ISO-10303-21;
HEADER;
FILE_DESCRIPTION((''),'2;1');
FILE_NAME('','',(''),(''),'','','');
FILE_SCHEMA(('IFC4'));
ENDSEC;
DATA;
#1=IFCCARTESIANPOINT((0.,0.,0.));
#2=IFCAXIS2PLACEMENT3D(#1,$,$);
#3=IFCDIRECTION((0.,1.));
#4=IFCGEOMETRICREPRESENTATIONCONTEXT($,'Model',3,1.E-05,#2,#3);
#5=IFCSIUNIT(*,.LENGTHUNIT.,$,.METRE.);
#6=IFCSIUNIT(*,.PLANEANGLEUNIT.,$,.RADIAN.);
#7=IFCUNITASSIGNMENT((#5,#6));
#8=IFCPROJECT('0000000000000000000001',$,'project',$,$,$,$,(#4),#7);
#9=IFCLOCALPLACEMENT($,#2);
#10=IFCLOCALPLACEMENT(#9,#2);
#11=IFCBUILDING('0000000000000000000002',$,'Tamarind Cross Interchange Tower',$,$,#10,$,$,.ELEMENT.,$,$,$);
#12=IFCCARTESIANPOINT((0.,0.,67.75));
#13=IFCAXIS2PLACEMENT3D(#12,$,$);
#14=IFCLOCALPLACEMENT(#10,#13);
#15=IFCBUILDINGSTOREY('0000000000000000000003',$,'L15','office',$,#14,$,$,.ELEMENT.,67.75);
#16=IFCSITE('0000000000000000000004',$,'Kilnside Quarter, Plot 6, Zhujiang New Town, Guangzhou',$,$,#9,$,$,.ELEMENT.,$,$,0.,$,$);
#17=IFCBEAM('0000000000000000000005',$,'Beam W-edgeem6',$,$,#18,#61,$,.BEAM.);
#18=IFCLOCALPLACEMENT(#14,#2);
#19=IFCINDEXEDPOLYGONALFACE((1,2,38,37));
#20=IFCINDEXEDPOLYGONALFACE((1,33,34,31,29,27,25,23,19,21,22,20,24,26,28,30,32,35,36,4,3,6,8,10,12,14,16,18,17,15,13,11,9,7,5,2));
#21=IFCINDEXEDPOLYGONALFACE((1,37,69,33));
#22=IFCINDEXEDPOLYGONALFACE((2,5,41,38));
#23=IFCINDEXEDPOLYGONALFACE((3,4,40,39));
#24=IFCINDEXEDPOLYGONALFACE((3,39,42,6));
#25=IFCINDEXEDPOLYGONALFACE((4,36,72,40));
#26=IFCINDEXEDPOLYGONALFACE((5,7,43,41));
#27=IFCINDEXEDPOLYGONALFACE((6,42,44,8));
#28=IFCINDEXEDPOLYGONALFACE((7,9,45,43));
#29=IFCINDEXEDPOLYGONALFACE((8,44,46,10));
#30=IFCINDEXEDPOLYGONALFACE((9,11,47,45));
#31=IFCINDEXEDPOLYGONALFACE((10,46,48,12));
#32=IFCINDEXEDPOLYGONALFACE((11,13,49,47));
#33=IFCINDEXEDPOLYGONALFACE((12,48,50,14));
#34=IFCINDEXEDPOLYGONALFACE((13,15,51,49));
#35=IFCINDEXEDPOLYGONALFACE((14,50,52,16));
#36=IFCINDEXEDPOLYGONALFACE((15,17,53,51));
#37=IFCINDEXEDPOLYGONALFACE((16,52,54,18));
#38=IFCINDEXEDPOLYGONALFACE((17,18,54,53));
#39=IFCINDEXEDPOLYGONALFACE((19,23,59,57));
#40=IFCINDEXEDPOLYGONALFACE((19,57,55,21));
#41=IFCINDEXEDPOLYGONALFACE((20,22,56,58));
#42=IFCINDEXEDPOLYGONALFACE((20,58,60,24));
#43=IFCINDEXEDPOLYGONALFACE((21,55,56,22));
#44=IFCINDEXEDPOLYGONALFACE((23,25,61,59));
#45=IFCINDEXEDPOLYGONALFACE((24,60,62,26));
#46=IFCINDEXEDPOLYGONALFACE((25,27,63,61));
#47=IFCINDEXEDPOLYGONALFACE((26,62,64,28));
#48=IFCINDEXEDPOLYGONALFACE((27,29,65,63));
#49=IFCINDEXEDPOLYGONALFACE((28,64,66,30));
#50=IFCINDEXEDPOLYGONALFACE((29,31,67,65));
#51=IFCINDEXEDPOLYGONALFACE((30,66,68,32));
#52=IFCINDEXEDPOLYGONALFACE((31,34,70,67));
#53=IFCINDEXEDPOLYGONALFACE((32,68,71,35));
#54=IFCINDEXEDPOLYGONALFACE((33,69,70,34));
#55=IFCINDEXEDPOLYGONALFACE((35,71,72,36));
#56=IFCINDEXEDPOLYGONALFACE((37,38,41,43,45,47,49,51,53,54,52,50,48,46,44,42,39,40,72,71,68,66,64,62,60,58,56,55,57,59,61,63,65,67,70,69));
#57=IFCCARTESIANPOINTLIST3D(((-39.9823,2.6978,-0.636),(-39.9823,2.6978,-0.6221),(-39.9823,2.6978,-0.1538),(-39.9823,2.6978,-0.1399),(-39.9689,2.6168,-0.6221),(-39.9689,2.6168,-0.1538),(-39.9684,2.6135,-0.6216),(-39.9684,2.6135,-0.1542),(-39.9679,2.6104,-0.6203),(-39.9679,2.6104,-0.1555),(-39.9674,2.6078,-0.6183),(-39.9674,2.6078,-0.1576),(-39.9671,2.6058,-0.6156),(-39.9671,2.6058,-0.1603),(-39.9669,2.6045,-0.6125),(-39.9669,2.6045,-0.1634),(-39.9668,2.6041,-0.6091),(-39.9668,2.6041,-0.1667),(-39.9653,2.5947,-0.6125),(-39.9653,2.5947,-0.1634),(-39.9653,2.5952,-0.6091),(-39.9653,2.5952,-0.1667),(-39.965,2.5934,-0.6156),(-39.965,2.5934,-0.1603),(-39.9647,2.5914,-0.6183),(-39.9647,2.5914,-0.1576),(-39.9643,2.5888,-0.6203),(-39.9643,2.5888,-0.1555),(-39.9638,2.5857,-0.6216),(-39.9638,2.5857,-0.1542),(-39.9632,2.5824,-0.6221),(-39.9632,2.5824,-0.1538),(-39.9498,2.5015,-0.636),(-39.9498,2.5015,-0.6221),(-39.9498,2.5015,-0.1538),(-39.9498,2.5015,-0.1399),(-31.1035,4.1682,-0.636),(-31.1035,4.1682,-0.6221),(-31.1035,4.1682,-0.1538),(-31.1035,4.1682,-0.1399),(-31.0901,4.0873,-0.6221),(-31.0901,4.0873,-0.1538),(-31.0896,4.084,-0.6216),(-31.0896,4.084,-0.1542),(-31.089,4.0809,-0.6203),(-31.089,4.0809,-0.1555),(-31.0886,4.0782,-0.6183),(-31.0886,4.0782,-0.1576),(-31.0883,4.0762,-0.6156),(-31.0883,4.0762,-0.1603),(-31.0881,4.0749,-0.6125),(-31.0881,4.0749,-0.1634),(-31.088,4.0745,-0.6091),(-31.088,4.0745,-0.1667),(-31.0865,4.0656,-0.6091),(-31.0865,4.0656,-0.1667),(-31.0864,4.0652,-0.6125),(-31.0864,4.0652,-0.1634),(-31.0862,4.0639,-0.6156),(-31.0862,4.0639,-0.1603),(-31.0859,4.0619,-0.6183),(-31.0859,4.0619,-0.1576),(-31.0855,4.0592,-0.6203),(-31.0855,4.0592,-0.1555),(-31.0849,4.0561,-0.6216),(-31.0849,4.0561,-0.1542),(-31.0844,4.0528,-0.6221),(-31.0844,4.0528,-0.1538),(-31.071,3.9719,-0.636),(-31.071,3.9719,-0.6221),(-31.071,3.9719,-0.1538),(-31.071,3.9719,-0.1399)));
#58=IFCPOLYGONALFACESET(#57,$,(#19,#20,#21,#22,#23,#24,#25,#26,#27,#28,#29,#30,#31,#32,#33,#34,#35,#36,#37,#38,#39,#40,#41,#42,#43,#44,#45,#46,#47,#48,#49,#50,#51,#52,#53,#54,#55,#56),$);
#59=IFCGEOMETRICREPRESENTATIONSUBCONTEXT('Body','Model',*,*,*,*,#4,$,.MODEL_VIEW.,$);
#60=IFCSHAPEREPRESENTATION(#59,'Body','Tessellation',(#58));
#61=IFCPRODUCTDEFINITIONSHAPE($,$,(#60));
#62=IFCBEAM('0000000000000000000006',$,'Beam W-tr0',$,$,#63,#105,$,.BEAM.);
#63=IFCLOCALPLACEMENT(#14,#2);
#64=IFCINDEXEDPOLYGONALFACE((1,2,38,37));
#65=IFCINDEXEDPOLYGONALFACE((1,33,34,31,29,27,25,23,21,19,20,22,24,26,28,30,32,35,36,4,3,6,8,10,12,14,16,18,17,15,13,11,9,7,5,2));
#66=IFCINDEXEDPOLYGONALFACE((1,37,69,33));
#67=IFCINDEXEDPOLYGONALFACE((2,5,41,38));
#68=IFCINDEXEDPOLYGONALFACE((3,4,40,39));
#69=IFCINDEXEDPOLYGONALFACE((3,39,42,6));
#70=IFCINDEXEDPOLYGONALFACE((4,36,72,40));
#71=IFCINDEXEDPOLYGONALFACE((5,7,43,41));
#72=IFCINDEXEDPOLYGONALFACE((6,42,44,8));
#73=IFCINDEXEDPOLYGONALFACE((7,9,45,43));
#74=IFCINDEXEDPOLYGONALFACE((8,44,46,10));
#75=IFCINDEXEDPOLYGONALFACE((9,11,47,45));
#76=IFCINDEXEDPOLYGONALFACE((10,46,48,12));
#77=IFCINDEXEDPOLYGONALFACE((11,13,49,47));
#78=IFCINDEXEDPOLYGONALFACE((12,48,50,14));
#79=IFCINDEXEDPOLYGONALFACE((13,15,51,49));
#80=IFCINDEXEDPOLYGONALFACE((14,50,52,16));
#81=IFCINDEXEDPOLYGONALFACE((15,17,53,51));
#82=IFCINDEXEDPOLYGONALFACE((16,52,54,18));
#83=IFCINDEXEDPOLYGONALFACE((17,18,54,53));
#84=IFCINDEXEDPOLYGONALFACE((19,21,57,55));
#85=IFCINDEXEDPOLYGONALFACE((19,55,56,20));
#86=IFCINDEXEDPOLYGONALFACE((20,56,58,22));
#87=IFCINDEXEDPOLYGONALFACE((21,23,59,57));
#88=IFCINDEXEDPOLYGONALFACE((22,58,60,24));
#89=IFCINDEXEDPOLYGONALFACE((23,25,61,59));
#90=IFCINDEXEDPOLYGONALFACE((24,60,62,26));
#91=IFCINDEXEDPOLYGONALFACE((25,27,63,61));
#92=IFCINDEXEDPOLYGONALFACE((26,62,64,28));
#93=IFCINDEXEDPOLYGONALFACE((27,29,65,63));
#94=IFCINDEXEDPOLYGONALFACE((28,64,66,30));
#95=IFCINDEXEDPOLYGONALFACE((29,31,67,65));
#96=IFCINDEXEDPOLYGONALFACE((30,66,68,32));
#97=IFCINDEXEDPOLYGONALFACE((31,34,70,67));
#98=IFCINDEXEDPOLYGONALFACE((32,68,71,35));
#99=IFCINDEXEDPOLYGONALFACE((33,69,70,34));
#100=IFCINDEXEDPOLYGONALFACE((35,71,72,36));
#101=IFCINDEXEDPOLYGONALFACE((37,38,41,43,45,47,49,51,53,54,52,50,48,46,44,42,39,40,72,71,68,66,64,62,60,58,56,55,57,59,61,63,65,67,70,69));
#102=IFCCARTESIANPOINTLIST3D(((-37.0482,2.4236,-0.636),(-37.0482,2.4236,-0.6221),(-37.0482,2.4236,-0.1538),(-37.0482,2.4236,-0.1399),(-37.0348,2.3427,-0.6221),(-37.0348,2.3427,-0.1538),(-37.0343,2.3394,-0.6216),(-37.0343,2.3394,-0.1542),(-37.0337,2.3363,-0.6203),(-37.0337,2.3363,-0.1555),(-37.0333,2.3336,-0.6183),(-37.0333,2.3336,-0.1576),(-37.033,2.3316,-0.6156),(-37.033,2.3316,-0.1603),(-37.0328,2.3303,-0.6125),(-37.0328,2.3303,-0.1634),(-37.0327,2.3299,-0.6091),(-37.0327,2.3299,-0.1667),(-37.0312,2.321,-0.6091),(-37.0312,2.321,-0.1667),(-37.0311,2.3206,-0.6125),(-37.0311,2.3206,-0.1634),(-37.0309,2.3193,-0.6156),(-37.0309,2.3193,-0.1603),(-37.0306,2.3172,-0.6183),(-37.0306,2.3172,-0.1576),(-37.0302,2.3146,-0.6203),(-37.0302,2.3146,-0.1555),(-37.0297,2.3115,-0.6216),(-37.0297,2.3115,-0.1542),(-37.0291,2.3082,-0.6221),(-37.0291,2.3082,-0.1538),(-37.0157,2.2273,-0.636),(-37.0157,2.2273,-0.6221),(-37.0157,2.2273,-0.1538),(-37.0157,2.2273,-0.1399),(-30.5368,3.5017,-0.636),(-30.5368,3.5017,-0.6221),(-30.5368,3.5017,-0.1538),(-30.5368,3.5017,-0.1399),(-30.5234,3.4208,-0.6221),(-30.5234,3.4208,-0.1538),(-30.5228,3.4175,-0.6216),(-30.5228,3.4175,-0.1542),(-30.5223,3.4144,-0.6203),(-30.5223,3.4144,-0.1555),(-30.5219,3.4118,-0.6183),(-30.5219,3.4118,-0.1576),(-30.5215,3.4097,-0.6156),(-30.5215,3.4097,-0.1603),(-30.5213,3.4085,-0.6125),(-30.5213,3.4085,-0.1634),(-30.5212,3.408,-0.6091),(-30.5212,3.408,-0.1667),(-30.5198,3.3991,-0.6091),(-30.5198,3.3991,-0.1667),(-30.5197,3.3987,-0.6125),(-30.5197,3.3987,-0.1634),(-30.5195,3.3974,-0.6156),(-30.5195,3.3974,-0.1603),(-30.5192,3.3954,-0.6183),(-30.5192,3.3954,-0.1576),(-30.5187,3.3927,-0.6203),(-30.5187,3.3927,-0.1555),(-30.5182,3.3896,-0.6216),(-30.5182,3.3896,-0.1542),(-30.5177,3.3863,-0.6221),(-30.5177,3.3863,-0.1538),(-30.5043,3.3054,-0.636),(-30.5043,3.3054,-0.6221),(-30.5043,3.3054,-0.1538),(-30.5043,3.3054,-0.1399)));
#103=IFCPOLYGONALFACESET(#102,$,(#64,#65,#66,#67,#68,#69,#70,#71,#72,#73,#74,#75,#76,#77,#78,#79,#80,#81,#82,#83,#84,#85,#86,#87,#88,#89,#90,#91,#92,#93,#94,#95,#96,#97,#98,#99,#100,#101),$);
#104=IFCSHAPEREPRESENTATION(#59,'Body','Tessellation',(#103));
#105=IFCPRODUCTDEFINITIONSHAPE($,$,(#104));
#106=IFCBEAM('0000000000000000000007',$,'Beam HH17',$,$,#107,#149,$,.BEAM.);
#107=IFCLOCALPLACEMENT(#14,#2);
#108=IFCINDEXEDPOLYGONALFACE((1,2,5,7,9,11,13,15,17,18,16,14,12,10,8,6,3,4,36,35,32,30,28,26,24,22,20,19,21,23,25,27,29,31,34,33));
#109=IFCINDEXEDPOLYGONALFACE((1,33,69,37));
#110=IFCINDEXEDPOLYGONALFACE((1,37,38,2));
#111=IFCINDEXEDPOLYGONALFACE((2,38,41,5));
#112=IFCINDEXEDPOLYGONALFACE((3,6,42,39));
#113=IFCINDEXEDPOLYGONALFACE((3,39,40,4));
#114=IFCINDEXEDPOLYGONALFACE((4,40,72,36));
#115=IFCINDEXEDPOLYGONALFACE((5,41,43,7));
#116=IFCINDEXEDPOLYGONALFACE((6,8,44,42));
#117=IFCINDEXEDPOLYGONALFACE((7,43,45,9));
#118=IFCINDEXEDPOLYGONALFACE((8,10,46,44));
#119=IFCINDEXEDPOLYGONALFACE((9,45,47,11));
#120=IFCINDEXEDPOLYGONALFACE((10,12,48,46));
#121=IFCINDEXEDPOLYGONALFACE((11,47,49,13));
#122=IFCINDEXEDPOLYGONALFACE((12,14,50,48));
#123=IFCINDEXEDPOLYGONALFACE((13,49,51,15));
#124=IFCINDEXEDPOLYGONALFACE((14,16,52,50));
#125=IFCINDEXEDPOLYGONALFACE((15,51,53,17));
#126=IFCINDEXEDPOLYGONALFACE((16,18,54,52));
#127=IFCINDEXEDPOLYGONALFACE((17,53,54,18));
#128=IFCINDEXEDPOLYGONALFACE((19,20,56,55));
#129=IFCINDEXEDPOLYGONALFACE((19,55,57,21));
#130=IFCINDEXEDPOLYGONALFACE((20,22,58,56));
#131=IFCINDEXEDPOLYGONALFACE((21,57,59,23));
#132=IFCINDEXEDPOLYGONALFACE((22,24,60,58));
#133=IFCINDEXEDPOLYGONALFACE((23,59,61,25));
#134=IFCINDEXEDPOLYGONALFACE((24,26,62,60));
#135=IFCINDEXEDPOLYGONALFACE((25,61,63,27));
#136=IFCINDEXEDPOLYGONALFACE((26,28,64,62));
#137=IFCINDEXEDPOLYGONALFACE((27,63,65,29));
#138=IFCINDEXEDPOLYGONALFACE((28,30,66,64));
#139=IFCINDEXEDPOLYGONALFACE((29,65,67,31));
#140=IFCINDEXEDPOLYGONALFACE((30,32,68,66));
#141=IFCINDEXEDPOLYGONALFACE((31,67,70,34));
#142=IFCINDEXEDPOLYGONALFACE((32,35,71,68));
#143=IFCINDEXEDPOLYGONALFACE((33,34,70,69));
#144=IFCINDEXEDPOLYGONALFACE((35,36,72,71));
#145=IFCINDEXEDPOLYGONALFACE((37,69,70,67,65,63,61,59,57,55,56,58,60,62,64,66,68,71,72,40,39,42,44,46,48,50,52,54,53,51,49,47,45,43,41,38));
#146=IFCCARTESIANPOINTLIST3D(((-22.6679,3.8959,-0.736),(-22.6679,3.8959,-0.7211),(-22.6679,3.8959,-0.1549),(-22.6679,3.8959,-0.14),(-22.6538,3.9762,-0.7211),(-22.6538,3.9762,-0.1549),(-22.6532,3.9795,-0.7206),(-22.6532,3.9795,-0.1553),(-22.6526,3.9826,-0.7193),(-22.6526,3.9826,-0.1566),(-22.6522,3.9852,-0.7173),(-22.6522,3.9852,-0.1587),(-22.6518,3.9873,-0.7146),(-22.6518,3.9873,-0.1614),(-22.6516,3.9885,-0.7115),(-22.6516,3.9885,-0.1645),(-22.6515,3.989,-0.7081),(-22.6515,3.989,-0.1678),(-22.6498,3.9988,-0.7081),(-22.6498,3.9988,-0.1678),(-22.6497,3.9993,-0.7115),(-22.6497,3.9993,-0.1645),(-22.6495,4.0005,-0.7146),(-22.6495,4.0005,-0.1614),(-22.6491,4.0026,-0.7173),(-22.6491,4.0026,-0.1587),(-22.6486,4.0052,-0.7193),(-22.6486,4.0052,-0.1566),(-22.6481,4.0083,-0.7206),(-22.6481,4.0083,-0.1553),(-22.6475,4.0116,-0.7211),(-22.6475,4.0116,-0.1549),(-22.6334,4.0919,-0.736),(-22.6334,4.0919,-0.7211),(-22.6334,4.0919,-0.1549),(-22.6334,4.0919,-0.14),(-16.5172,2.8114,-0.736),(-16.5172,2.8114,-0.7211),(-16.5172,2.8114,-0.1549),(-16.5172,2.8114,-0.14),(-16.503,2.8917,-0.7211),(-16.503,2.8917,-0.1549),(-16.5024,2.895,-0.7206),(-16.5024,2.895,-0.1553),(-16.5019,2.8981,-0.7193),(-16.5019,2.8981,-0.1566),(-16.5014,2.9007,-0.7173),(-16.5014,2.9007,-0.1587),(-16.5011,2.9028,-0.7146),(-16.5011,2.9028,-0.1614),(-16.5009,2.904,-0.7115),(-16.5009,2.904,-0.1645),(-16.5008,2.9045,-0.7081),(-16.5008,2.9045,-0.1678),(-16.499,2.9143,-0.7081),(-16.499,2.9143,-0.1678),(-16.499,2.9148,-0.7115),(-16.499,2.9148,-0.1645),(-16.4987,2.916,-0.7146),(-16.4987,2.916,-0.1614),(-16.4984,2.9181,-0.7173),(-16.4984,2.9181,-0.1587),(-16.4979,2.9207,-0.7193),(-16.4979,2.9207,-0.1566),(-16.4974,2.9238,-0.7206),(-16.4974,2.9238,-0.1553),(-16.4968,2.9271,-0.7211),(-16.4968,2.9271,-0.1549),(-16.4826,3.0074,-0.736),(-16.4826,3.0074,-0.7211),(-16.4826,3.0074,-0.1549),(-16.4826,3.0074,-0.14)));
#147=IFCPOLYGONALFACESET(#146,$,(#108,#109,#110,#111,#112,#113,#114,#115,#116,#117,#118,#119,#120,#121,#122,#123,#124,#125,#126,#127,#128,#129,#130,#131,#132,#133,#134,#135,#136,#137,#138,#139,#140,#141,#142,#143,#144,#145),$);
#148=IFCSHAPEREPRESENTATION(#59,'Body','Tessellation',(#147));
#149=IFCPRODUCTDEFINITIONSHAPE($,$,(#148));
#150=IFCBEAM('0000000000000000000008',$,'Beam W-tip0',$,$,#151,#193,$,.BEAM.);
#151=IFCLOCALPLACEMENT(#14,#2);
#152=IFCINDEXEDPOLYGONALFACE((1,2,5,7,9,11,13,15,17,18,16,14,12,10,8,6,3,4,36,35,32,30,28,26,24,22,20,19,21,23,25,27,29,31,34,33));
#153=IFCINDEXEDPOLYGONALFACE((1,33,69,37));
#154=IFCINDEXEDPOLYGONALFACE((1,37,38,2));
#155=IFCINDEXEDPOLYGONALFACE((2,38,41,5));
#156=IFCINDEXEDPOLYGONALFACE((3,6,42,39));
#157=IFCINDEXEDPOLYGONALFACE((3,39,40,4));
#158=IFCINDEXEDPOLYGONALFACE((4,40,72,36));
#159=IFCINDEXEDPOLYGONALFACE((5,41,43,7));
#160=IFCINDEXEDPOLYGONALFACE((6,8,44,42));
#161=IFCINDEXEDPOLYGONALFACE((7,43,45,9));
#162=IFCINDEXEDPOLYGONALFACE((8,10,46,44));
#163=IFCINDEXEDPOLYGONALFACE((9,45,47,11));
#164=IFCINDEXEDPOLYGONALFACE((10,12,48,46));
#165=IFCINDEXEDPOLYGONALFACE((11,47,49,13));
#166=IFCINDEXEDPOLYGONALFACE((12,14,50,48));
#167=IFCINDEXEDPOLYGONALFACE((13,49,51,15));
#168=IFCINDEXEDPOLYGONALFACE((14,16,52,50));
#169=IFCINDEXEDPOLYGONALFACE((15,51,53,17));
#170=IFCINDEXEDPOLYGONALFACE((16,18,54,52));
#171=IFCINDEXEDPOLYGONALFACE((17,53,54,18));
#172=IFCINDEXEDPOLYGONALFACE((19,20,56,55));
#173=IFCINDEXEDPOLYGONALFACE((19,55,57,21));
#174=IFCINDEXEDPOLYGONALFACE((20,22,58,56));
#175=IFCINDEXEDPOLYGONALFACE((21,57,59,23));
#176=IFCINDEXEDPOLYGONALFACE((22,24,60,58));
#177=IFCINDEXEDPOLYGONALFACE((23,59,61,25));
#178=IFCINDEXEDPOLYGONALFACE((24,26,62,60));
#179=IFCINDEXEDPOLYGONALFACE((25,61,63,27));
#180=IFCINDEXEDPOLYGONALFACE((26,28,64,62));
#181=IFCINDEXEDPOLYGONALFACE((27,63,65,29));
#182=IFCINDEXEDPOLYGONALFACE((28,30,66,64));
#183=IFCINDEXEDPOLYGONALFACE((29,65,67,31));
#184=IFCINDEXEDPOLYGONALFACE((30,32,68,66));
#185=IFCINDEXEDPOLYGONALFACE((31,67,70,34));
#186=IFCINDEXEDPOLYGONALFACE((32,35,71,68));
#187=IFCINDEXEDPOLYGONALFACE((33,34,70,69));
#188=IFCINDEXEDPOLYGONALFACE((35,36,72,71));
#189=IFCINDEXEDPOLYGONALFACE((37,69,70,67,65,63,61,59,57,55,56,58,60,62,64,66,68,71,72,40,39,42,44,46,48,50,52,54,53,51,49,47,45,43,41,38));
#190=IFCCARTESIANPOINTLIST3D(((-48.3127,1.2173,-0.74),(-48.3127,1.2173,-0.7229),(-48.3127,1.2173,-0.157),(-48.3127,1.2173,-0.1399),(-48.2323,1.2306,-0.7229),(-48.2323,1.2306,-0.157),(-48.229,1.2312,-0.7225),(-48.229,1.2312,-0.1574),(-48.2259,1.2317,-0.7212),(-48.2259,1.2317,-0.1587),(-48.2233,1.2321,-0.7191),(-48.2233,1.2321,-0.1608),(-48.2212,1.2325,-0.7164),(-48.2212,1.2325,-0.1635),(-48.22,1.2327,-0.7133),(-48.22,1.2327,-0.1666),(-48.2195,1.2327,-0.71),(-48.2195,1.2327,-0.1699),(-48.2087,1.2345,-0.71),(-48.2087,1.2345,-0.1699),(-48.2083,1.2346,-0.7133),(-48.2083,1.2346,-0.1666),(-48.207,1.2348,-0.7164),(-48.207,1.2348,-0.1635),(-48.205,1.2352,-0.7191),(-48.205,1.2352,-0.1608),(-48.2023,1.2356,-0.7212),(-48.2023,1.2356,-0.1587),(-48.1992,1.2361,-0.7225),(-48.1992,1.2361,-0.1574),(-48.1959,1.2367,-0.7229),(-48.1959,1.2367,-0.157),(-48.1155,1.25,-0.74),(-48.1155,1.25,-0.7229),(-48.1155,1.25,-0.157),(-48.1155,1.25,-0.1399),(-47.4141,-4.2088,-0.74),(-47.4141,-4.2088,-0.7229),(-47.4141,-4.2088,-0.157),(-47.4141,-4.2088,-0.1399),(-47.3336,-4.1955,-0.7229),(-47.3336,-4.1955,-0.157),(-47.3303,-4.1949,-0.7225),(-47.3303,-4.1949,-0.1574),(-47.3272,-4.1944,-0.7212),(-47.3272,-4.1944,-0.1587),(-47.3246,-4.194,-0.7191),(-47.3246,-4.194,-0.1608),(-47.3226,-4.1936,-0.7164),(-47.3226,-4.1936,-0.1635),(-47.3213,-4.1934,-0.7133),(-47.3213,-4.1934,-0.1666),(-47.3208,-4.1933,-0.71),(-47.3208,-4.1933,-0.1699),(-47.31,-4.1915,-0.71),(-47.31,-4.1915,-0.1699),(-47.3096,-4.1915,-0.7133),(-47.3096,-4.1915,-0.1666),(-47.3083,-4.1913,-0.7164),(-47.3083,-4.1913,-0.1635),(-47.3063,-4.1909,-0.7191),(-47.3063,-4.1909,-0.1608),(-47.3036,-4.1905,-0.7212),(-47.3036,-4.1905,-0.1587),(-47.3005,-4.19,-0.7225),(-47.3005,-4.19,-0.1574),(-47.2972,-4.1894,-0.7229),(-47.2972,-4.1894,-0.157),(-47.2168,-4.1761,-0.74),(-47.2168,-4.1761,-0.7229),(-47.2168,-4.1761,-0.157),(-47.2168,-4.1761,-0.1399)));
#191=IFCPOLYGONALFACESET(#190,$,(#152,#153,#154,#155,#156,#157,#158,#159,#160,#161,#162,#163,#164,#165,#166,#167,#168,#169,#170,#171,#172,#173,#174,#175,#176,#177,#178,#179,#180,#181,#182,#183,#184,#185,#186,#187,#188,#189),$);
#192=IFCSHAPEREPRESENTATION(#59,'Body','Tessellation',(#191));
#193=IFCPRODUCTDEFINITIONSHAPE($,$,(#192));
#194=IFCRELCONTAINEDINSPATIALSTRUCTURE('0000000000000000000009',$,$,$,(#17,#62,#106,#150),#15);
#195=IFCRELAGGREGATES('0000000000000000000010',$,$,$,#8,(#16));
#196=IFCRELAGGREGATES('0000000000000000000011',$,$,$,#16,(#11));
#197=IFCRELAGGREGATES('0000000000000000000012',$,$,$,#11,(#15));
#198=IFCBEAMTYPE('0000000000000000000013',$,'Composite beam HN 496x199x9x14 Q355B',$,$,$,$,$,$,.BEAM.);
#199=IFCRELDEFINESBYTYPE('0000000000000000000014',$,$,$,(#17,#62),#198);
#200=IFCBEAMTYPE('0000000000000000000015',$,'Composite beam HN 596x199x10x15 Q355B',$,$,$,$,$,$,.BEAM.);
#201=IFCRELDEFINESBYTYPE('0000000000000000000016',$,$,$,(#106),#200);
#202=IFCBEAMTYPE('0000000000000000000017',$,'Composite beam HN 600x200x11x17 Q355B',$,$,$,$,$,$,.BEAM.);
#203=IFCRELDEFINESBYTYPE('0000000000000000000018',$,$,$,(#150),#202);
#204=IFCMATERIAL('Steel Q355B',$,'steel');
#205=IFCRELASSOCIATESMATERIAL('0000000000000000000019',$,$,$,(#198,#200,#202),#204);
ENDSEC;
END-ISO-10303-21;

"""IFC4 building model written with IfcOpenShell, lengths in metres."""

from ifc_helpers import new_model, si_unit, direction, frame, origin, origin_2d, place, context, subcontext, project, spatial, i_section, extrude, material, material_profile, profile_set, type_object, element, save


model = new_model("IFC4")

# Units and contexts
model_context = context("Model", 3, precision=1e-05, world=origin(), true_north=direction((0.0, 1.0)))
body_context = subcontext(model_context, "Body", "Model", "MODEL_VIEW")
ifc_project = project(units=[si_unit("LENGTHUNIT", "METRE"), si_unit("PLANEANGLEUNIT", "RADIAN")], contexts=[model_context])

# Site, building, storey
site_placement = place(None, origin())
site = spatial("IfcSite", under=ifc_project, at=site_placement, Name="Kilnside Quarter, Plot 6, Zhujiang New Town, Guangzhou", CompositionType="ELEMENT", RefElevation=0.0)
building_placement = place(site_placement, origin())
building = spatial("IfcBuilding", under=site, at=building_placement, Name="Tamarind Cross Interchange Tower", CompositionType="ELEMENT")
storey_placement = place(building_placement, frame((0.0, 0.0, 67.75)))
storey = spatial("IfcBuildingStorey", under=building, at=storey_placement, Name="L15", Description="office", CompositionType="ELEMENT", Elevation=67.75)

# Beams
ifc_material_1 = material(Name="Steel Q355B", Category="steel")
ifc_material_profile_1 = material_profile(ifc_material_1, i_section(OverallWidth=0.199, OverallDepth=0.4961, WebThickness=0.009, FlangeThickness=0.0139, FilletRadius=0.0129, at=origin_2d()), Name="HN 496x199x9x14")
ifc_profile_set_1 = profile_set([ifc_material_profile_1], Name="Steel Q355B")
beam_type_1 = type_object("IfcBeamType", Name="Composite beam HN 496x199x9x14 Q355B", PredefinedType="BEAM", material=ifc_profile_set_1)
beam_1_placement = place(storey_placement, frame((-39.9661, 2.5996, -0.3879), z_axis=(0.986562, 0.163387, 0.0), x_axis=(-0.163387, 0.986562, 0.0)))
element("IfcBeam", 1, at=beam_1_placement, inside=storey, type_object=beam_type_1, Name="Beam W-edgeem6", PredefinedType="BEAM", context=body_context, shape_type="SweptSolid", body=[
    extrude(i_section(OverallWidth=0.199, OverallDepth=0.4961, WebThickness=0.009, FlangeThickness=0.0139, FilletRadius=0.0129, at=origin_2d()), origin(), (0.0, 0.0, 1.0), 8.9998),
])
beam_2_placement = place(storey_placement, frame((-30.5205, 3.4036, -0.3879), z_axis=(-0.986568, -0.163349, 0.0), x_axis=(0.163349, -0.986568, 0.0)))
element("IfcBeam", 2, at=beam_2_placement, inside=storey, type_object=beam_type_1, Name="Beam W-tr0", PredefinedType="BEAM", context=body_context, shape_type="SweptSolid", body=[
    extrude(i_section(OverallWidth=0.199, OverallDepth=0.4961, WebThickness=0.009, FlangeThickness=0.0139, FilletRadius=0.0129, at=origin_2d()), origin(), (0.0, 0.0, 1.0), 6.6001),
])
ifc_material_profile_2 = material_profile(ifc_material_1, i_section(OverallWidth=0.199, OverallDepth=0.5959, WebThickness=0.01, FlangeThickness=0.0149, FilletRadius=0.0129, at=origin_2d()), Name="HN 596x199x10x15")
ifc_profile_set_2 = profile_set([ifc_material_profile_2], Name="Steel Q355B")
beam_type_2 = type_object("IfcBeamType", Name="Composite beam HN 596x199x10x15 Q355B", PredefinedType="BEAM", material=ifc_profile_set_2)
beam_3_placement = place(storey_placement, frame((-22.6506, 3.9939, -0.438), z_axis=(0.984809, -0.17364, 0.0), x_axis=(0.17364, 0.984809, 0.0)))
element("IfcBeam", 3, at=beam_3_placement, inside=storey, type_object=beam_type_2, Name="Beam HH17", PredefinedType="BEAM", context=body_context, shape_type="SweptSolid", body=[
    extrude(i_section(OverallWidth=0.199, OverallDepth=0.5959, WebThickness=0.01, FlangeThickness=0.0149, FilletRadius=0.0129, at=origin_2d()), origin(), (0.0, 0.0, 1.0), 6.2456),
])
ifc_material_profile_3 = material_profile(ifc_material_1, i_section(OverallWidth=0.2, OverallDepth=0.6001, WebThickness=0.011, FlangeThickness=0.0171, FilletRadius=0.0129, at=origin_2d()), Name="HN 600x200x11x17")
ifc_profile_set_3 = profile_set([ifc_material_profile_3], Name="Steel Q355B")
beam_type_3 = type_object("IfcBeamType", Name="Composite beam HN 600x200x11x17 Q355B", PredefinedType="BEAM", material=ifc_profile_set_3)
beam_4_placement = place(storey_placement, frame((-48.2141, 1.2336, -0.4399), z_axis=(0.163398, -0.98656, 0.0), x_axis=(0.98656, 0.163398, 0.0)))
element("IfcBeam", 4, at=beam_4_placement, inside=storey, type_object=beam_type_3, Name="Beam W-tip0", PredefinedType="BEAM", context=body_context, shape_type="SweptSolid", body=[
    extrude(i_section(OverallWidth=0.2, OverallDepth=0.6001, WebThickness=0.011, FlangeThickness=0.0171, FilletRadius=0.0129, at=origin_2d()), origin(), (0.0, 0.0, 1.0), 5.5),
])

save(model, "model.ifc")
